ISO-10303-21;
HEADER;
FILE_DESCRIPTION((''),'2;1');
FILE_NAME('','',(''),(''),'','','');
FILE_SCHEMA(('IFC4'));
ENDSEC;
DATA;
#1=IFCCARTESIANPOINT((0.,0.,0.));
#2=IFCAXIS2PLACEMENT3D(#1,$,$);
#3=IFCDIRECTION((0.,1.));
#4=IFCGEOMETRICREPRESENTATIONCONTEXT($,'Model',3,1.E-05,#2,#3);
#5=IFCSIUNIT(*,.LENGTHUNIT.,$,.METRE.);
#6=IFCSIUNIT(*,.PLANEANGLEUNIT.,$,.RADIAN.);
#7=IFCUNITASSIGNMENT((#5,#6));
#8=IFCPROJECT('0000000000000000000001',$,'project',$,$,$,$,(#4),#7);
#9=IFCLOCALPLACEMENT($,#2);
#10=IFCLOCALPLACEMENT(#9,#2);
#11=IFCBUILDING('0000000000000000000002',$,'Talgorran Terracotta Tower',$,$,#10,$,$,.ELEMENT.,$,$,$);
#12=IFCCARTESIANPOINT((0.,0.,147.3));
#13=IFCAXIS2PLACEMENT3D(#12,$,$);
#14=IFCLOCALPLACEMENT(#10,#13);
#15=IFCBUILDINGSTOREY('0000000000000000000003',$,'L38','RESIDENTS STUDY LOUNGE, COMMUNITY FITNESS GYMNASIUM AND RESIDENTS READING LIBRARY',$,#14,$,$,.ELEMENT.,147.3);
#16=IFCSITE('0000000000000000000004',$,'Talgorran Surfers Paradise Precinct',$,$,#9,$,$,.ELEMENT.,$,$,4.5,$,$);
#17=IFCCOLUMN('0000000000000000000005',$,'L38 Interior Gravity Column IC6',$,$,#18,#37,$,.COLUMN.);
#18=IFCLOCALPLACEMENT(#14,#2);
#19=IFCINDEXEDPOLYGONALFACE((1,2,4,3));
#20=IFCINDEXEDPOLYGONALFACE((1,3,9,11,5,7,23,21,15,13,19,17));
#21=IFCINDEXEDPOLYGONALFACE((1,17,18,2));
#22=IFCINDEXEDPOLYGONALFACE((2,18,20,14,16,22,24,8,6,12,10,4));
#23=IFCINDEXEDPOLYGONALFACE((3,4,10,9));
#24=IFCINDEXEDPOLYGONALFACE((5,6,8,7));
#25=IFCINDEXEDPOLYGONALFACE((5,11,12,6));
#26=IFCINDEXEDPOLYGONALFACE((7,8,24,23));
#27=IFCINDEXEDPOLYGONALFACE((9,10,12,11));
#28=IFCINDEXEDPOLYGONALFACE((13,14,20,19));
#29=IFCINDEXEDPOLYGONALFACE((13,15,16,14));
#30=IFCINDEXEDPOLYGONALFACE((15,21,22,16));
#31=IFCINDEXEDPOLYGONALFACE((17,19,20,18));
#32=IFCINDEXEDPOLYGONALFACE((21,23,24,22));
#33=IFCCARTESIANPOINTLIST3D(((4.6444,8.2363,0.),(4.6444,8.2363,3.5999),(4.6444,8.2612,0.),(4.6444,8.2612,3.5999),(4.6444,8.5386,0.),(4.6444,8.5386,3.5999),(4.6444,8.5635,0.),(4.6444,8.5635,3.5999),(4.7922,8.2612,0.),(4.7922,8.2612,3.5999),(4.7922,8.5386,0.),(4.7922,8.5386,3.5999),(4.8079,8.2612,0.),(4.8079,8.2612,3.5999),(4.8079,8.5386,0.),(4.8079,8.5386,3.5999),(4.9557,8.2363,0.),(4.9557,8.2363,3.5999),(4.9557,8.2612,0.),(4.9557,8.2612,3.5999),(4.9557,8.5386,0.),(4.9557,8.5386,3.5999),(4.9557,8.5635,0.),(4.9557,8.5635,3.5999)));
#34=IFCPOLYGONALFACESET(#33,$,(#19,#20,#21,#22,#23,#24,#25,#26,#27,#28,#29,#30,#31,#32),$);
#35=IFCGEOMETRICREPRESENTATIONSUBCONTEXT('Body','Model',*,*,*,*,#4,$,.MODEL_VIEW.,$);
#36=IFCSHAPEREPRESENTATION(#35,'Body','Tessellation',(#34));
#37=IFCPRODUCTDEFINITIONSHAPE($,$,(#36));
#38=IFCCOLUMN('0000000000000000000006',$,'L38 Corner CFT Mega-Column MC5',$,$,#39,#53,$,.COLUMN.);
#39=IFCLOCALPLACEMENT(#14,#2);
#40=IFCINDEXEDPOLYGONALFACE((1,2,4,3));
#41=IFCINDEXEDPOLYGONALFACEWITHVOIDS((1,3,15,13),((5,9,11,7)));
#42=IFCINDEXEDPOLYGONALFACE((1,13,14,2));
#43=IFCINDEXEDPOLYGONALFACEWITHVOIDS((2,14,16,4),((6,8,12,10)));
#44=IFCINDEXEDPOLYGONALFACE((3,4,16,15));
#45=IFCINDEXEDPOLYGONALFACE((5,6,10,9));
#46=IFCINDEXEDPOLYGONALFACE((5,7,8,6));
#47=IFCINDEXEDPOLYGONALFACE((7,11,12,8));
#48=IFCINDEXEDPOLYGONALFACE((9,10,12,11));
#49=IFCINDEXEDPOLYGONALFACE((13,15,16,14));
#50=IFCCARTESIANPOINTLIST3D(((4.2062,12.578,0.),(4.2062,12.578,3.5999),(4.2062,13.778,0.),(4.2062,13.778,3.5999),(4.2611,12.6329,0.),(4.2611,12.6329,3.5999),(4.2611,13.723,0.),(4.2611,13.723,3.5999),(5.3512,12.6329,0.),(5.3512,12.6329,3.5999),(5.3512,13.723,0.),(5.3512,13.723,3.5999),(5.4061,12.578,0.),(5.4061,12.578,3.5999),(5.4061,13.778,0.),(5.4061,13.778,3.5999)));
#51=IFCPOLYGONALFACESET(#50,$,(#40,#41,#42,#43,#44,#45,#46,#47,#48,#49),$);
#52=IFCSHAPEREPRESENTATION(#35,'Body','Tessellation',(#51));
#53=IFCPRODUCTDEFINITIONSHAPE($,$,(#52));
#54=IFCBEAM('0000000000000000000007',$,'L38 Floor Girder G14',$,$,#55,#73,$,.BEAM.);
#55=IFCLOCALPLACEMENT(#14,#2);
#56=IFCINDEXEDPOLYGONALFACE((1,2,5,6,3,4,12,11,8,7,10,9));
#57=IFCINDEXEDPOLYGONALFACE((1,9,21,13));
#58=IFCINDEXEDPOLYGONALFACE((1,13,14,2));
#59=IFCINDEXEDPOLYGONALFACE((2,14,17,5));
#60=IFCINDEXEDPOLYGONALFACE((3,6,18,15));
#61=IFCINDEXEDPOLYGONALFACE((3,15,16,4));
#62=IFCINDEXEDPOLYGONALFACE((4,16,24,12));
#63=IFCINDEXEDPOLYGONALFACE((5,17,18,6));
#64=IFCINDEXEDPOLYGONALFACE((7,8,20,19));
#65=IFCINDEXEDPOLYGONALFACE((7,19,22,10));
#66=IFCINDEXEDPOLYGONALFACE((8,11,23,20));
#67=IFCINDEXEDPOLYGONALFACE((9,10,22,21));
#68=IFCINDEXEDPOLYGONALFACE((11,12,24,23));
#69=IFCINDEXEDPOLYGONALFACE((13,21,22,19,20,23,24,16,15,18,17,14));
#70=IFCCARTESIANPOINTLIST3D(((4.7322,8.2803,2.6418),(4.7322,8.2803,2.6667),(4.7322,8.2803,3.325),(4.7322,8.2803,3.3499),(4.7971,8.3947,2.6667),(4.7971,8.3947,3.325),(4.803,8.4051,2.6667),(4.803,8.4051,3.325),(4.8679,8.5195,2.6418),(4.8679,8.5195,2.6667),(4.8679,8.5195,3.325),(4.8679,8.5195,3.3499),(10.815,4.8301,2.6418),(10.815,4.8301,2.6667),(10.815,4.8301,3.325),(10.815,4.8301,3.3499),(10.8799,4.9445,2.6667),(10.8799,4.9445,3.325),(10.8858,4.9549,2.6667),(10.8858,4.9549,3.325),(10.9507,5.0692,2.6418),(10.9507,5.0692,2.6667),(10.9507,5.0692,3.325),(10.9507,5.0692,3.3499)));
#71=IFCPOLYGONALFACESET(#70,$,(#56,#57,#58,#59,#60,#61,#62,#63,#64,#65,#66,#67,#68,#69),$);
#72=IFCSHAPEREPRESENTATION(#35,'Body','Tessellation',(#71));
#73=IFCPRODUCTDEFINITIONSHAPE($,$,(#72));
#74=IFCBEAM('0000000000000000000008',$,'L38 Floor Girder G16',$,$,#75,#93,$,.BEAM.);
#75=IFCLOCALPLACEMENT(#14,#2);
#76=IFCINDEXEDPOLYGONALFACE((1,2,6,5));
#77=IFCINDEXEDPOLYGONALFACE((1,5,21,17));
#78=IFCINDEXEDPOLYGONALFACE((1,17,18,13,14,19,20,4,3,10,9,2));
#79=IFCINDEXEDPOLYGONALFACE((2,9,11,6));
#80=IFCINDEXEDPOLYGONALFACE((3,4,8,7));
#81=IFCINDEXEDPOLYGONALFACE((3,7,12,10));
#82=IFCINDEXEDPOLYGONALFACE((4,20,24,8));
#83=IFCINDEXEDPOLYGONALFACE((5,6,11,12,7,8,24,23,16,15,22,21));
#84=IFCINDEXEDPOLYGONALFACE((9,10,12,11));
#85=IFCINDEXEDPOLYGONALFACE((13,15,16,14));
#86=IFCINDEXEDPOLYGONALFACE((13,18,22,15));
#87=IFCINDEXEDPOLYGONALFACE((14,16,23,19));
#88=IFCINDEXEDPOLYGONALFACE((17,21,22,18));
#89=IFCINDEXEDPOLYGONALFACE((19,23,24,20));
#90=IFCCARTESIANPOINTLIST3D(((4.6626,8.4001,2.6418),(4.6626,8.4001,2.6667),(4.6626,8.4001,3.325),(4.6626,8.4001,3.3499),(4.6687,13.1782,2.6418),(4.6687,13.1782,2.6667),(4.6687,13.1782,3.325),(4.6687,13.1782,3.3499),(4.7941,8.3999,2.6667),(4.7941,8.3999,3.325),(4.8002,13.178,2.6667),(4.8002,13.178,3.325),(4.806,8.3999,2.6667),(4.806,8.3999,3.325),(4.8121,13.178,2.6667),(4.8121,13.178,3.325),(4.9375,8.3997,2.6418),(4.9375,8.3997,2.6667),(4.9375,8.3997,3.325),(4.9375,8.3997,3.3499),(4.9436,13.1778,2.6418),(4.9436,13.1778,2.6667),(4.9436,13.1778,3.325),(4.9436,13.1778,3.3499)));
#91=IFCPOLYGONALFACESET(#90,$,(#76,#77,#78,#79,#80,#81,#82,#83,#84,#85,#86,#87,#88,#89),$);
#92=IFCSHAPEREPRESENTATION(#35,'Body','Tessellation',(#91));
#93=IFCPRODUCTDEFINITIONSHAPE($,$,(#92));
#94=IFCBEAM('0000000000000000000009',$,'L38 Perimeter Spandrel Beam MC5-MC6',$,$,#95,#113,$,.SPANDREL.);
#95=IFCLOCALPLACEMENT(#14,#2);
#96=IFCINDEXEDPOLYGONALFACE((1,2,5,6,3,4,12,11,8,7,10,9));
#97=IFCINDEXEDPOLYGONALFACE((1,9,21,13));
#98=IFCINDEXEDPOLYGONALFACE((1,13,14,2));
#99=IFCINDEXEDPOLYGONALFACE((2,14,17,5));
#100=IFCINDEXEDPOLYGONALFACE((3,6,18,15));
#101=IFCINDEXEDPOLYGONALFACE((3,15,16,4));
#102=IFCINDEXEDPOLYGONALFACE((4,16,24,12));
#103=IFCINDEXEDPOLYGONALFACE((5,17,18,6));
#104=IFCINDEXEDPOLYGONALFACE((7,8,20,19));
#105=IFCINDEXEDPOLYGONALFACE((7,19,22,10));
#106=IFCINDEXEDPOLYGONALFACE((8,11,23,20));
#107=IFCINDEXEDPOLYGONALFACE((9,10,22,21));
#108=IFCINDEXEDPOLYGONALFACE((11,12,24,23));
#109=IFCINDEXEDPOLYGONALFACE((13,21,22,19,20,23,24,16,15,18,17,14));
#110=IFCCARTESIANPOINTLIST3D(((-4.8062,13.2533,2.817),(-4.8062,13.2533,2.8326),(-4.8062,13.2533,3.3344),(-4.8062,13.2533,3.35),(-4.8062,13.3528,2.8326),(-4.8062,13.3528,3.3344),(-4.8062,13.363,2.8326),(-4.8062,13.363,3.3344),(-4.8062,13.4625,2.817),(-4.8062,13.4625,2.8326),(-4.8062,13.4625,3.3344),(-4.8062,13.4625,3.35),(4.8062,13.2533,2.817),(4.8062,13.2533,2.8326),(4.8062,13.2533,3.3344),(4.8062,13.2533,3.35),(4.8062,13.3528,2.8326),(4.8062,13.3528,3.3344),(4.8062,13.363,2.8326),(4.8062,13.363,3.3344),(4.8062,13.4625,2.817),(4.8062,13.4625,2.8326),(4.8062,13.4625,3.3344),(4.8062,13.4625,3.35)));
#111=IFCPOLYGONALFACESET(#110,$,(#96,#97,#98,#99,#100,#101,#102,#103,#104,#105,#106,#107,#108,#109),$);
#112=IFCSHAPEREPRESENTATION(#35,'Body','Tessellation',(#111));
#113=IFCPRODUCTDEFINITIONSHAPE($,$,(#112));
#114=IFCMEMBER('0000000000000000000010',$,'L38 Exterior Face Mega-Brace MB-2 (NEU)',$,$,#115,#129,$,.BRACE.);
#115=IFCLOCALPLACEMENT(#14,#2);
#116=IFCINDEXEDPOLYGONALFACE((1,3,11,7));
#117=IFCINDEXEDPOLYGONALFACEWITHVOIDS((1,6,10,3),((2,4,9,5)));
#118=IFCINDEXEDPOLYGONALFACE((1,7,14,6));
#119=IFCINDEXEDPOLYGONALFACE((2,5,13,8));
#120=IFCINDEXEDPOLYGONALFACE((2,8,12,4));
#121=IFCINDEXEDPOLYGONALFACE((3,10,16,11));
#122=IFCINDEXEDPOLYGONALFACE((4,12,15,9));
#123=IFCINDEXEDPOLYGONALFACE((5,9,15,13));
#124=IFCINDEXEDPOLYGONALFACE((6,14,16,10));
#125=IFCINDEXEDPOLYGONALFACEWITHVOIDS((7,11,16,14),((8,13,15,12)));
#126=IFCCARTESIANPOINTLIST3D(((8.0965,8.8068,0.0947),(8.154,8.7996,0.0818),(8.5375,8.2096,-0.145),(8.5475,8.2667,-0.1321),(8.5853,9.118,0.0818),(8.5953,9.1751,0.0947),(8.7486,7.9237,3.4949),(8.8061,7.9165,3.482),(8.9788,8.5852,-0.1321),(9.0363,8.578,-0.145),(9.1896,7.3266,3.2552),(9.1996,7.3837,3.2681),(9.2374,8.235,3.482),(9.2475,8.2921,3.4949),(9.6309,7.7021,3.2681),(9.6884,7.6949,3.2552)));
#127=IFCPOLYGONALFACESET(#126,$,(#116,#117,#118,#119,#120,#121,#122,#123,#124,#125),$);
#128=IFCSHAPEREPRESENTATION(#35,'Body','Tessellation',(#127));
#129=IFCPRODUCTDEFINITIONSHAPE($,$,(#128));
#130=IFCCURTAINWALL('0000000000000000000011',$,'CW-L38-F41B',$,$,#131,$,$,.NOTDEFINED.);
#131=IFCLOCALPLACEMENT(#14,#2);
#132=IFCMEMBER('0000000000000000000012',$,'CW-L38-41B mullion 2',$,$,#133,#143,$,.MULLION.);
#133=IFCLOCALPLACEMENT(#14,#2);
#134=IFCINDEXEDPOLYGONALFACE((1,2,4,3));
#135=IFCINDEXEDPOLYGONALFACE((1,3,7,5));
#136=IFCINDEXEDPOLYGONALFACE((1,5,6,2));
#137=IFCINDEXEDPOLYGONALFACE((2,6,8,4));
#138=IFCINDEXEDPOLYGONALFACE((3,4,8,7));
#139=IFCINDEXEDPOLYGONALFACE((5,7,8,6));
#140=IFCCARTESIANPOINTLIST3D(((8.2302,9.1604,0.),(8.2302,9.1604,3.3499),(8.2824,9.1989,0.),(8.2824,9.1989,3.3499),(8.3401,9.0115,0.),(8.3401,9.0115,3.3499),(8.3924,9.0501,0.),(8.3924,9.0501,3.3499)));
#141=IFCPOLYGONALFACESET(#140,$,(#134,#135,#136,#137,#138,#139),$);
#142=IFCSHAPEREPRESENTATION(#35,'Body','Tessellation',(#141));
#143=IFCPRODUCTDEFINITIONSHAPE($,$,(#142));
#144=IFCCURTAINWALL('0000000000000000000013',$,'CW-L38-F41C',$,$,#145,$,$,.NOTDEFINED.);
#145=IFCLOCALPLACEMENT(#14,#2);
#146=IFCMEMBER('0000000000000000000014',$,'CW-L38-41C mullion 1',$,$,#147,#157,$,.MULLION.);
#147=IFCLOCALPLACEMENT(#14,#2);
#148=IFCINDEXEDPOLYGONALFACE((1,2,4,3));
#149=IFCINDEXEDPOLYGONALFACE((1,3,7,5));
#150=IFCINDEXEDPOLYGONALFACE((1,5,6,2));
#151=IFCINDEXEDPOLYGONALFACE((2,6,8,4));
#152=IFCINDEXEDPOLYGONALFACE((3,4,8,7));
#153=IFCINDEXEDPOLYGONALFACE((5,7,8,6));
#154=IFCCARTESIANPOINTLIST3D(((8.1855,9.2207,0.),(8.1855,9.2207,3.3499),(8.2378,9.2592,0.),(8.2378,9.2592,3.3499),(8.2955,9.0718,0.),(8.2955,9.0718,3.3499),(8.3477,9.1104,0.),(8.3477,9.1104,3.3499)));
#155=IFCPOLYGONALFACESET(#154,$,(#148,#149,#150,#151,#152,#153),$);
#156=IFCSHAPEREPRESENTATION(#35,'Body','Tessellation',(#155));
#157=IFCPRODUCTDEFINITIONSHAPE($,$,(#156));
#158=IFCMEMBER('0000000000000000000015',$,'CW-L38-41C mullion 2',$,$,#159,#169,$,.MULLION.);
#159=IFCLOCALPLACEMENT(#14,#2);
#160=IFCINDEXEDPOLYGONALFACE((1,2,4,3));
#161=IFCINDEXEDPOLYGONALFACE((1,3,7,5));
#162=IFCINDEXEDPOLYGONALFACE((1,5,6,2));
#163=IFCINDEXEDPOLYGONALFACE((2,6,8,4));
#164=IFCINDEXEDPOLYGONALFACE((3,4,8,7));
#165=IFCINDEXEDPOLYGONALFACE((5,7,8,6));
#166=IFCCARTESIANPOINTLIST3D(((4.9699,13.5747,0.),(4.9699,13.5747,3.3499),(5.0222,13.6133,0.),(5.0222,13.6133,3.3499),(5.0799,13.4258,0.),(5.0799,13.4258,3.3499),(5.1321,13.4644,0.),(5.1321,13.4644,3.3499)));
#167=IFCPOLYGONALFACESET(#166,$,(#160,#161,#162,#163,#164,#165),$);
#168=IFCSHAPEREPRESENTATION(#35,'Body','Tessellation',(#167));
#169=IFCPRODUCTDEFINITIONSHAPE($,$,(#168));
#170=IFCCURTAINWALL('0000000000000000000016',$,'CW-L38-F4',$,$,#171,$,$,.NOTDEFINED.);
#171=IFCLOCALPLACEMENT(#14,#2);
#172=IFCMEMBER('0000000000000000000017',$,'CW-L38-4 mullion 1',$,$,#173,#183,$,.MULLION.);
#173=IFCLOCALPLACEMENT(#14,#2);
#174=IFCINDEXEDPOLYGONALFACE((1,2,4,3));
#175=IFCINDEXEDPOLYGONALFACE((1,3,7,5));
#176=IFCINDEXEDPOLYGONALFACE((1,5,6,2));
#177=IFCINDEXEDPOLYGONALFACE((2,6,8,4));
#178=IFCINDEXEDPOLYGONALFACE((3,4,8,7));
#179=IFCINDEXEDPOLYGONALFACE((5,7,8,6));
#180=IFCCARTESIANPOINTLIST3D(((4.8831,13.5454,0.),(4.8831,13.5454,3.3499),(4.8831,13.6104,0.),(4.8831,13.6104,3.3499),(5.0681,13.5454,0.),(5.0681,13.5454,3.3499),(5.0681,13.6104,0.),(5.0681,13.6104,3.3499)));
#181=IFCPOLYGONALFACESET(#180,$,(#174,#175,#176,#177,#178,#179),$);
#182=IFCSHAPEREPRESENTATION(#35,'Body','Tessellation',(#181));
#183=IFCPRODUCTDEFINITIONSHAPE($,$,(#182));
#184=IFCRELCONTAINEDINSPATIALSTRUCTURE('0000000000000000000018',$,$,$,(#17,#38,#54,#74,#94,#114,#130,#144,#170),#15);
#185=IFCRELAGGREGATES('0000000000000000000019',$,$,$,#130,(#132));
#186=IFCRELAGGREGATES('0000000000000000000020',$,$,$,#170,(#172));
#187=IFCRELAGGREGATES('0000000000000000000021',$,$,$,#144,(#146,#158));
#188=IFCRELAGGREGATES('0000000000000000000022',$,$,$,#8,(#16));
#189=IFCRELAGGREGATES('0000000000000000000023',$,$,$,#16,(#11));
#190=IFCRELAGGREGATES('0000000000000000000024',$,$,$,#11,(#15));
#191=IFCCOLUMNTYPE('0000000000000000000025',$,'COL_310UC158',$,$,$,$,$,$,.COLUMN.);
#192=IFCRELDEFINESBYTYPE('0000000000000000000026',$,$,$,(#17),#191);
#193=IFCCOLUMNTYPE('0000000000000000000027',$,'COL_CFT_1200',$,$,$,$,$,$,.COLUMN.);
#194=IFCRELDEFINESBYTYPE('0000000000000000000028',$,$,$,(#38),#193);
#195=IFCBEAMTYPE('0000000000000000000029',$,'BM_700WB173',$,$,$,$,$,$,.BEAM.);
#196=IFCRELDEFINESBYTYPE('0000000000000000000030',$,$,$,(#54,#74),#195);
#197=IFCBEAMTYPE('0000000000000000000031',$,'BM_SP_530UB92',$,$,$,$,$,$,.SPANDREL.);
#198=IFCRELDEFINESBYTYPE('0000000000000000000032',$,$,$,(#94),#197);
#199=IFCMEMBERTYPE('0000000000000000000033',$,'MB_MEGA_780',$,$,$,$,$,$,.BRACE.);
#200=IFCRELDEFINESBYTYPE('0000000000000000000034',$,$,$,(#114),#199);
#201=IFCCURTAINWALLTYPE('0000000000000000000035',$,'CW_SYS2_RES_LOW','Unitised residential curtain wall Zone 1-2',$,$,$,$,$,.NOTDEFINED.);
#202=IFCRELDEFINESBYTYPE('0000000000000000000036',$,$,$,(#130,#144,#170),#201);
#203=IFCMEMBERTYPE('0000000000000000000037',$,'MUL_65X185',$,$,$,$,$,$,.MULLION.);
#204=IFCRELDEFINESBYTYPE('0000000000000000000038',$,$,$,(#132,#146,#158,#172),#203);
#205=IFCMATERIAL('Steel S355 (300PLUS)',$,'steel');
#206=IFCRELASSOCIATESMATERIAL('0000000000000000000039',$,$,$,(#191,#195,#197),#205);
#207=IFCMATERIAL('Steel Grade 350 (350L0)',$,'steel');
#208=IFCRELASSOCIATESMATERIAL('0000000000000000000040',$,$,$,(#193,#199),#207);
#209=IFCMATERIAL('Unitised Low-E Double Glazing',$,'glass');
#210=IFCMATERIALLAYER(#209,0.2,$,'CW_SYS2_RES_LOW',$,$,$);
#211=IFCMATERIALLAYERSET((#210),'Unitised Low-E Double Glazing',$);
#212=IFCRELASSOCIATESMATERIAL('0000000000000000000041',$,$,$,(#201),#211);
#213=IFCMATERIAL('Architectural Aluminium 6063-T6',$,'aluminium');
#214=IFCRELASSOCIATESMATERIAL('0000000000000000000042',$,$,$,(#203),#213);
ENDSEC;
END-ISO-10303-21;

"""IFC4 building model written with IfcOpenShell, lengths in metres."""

from ifc_helpers import new_model, si_unit, direction, frame, origin, origin_2d, place, context, subcontext, project, spatial, rectangle, hollow_rectangle, i_section, extrude, material, layer, layer_set, material_profile, profile_set, type_object, element, aggregate, save


model = new_model("IFC4")

# Units and contexts
model_context = context("Model", 3, precision=1e-05, world=origin(), true_north=direction((0.0, 1.0)))
body_context = subcontext(model_context, "Body", "Model", "MODEL_VIEW")
ifc_project = project(units=[si_unit("LENGTHUNIT", "METRE"), si_unit("PLANEANGLEUNIT", "RADIAN")], contexts=[model_context])

# Site, building, storey
site_placement = place(None, origin())
site = spatial("IfcSite", under=ifc_project, at=site_placement, Name="Talgorran Surfers Paradise Precinct", CompositionType="ELEMENT", RefElevation=4.5)
building_placement = place(site_placement, origin())
building = spatial("IfcBuilding", under=site, at=building_placement, Name="Talgorran Terracotta Tower", CompositionType="ELEMENT")
storey_placement = place(building_placement, frame((0.0, 0.0, 147.3)))
storey = spatial("IfcBuildingStorey", under=building, at=storey_placement, Name="L38", Description="RESIDENTS STUDY LOUNGE, COMMUNITY FITNESS GYMNASIUM AND RESIDENTS READING LIBRARY", CompositionType="ELEMENT", Elevation=147.3)

# Columns
ifc_material_1 = material(Name="Steel S355 (300PLUS)", Category="steel")
ifc_material_profile_1 = material_profile(ifc_material_1, i_section(OverallWidth=0.3113, OverallDepth=0.3271, WebThickness=0.0156, FlangeThickness=0.0249, at=origin_2d()), Name="310UC158")
ifc_profile_set_1 = profile_set([ifc_material_profile_1], Name="Steel S355 (300PLUS)")
column_type_1 = type_object("IfcColumnType", Name="COL_310UC158", PredefinedType="COLUMN", material=ifc_profile_set_1)
column_1_placement = place(storey_placement, frame((4.8, 8.3999, 0.0), z_axis=(0.0, 0.0, 1.0), x_axis=(1.0, 0.0, 0.0)))
element("IfcColumn", 1, at=column_1_placement, inside=storey, type_object=column_type_1, Name="L38 Interior Gravity Column IC6", PredefinedType="COLUMN", context=body_context, shape_type="SweptSolid", body=[
    extrude(i_section(OverallWidth=0.3113, OverallDepth=0.3271, WebThickness=0.0156, FlangeThickness=0.0249, at=origin_2d()), origin(), (0.0, 0.0, 1.0), 3.5999),
])
ifc_material_2 = material(Name="Steel Grade 350 (350L0)", Category="steel")
ifc_material_profile_2 = material_profile(ifc_material_2, hollow_rectangle(XDim=1.2, YDim=1.2, WallThickness=0.0549, at=origin_2d()), Name="CFT1200X1200X55")
ifc_profile_set_2 = profile_set([ifc_material_profile_2], Name="Steel Grade 350 (350L0)")
column_type_2 = type_object("IfcColumnType", Name="COL_CFT_1200", PredefinedType="COLUMN", material=ifc_profile_set_2)
column_2_placement = place(storey_placement, frame((4.8062, 13.178, 0.0), z_axis=(0.0, 0.0, 1.0), x_axis=(1.0, 0.0, 0.0)))
element("IfcColumn", 2, at=column_2_placement, inside=storey, type_object=column_type_2, Name="L38 Corner CFT Mega-Column MC5", PredefinedType="COLUMN", context=body_context, shape_type="SweptSolid", body=[
    extrude(hollow_rectangle(XDim=1.2, YDim=1.2, WallThickness=0.0549, at=origin_2d()), origin(), (0.0, 0.0, 1.0), 3.5999),
])

# Beams
ifc_material_profile_3 = material_profile(ifc_material_1, i_section(OverallWidth=0.2749, OverallDepth=0.708, WebThickness=0.012, FlangeThickness=0.0249, at=origin_2d()), Name="700WB173")
ifc_profile_set_3 = profile_set([ifc_material_profile_3], Name="Steel S355 (300PLUS)")
beam_type_1 = type_object("IfcBeamType", Name="BM_700WB173", PredefinedType="BEAM", material=ifc_profile_set_3)
beam_1_placement = place(storey_placement, frame((4.8, 8.3999, 2.9958), z_axis=(0.86982, -0.493369, 0.0), x_axis=(0.493369, 0.86982, 0.0)))
element("IfcBeam", 3, at=beam_1_placement, inside=storey, type_object=beam_type_1, Name="L38 Floor Girder G14", PredefinedType="BEAM", context=body_context, shape_type="SweptSolid", body=[
    extrude(i_section(OverallWidth=0.2749, OverallDepth=0.708, WebThickness=0.012, FlangeThickness=0.0249, at=origin_2d()), origin(), (0.0, 0.0, 1.0), 6.9932),
])
beam_2_placement = place(storey_placement, frame((4.8, 8.3999, 2.9958), z_axis=(0.001277, 0.999999, 0.0), x_axis=(-0.999999, 0.001277, 0.0)))
element("IfcBeam", 4, at=beam_2_placement, inside=storey, type_object=beam_type_1, Name="L38 Floor Girder G16", PredefinedType="BEAM", context=body_context, shape_type="SweptSolid", body=[
    extrude(i_section(OverallWidth=0.2749, OverallDepth=0.708, WebThickness=0.012, FlangeThickness=0.0249, at=origin_2d()), origin(), (0.0, 0.0, 1.0), 4.7781),
])
ifc_material_profile_4 = material_profile(ifc_material_1, i_section(OverallWidth=0.2092, OverallDepth=0.533, WebThickness=0.0103, FlangeThickness=0.0156, at=origin_2d()), Name="530UB92.4")
ifc_profile_set_4 = profile_set([ifc_material_profile_4], Name="Steel S355 (300PLUS)")
beam_type_2 = type_object("IfcBeamType", Name="BM_SP_530UB92", PredefinedType="SPANDREL", material=ifc_profile_set_4)
beam_3_placement = place(storey_placement, frame((4.8062, 13.3579, 3.0835), z_axis=(-1.0, 0.0, 0.0), x_axis=(0.0, -1.0, 0.0)))
element("IfcBeam", 5, at=beam_3_placement, inside=storey, type_object=beam_type_2, Name="L38 Perimeter Spandrel Beam MC5-MC6", PredefinedType="SPANDREL", context=body_context, shape_type="SweptSolid", body=[
    extrude(i_section(OverallWidth=0.2092, OverallDepth=0.533, WebThickness=0.0103, FlangeThickness=0.0156, at=origin_2d()), origin(), (0.0, 0.0, 1.0), 9.6123),
])

# Member
ifc_material_profile_5 = material_profile(ifc_material_2, hollow_rectangle(XDim=0.6201, YDim=0.78, WallThickness=0.042, at=origin_2d()), Name="WBOX780X620X42")
ifc_profile_set_5 = profile_set([ifc_material_profile_5], Name="Steel Grade 350 (350L0)")
member_type_1 = type_object("IfcMemberType", Name="MB_MEGA_780", PredefinedType="BRACE", material=ifc_profile_set_5)
member_1_placement = place(storey_placement, frame((8.5664, 8.6924, -0.0251), z_axis=(0.18251, -0.24715, 0.951634), x_axis=(0.804435, 0.594041, 0.0)))
element("IfcMember", 6, at=member_1_placement, inside=storey, type_object=member_type_1, Name="L38 Exterior Face Mega-Brace MB-2 (NEU)", PredefinedType="BRACE", context=body_context, shape_type="SweptSolid", body=[
    extrude(hollow_rectangle(XDim=0.6201, YDim=0.78, WallThickness=0.042, at=origin_2d()), origin(), (0.0, 0.0, 1.0), 3.573),
])

# Curtain wall, member
ifc_material_3 = material(Name="Unitised Low-E Double Glazing", Category="glass")
ifc_layer_1 = layer(ifc_material_3, 0.2, Name="CW_SYS2_RES_LOW")
ifc_layer_set_1 = layer_set([ifc_layer_1], Name="Unitised Low-E Double Glazing")
curtain_wall_type = type_object("IfcCurtainWallType", Name="CW_SYS2_RES_LOW", Description="Unitised residential curtain wall Zone 1-2", PredefinedType="NOTDEFINED", material=ifc_layer_set_1)
curtain_wall_1_placement = place(storey_placement, origin())
curtain_wall_1 = element("IfcCurtainWall", 7, at=curtain_wall_1_placement, inside=storey, type_object=curtain_wall_type, Name="CW-L38-F41B", PredefinedType="NOTDEFINED")
ifc_material_4 = material(Name="Architectural Aluminium 6063-T6", Category="aluminium")
ifc_material_profile_6 = material_profile(ifc_material_4, rectangle(XDim=0.0649, YDim=0.1851, at=origin_2d()), Name="CWM65X185")
ifc_profile_set_6 = profile_set([ifc_material_profile_6], Name="Architectural Aluminium 6063-T6")
member_type_2 = type_object("IfcMemberType", Name="MUL_65X185", PredefinedType="MULLION", material=ifc_profile_set_6)
member_2_placement = place(storey_placement, frame((8.3113, 9.1052, 0.0), z_axis=(0.0, 0.0, 1.0), x_axis=(-0.804417, -0.594065, 0.0)))
member_2 = element("IfcMember", 8, at=member_2_placement, type_object=member_type_2, Name="CW-L38-41B mullion 2", PredefinedType="MULLION", context=body_context, shape_type="SweptSolid", body=[
    extrude(rectangle(XDim=0.0649, YDim=0.1851, at=origin_2d()), origin(), (0.0, 0.0, 1.0), 3.3499),
])
aggregate(curtain_wall_1, [member_2])

# Curtain wall, members
curtain_wall_2_placement = place(storey_placement, origin())
curtain_wall_2 = element("IfcCurtainWall", 9, at=curtain_wall_2_placement, inside=storey, type_object=curtain_wall_type, Name="CW-L38-F41C", PredefinedType="NOTDEFINED")
member_3_placement = place(storey_placement, frame((8.2666, 9.1655, 0.0), z_axis=(0.0, 0.0, 1.0), x_axis=(-0.804414, -0.594069, 0.0)))
member_3 = element("IfcMember", 10, at=member_3_placement, type_object=member_type_2, Name="CW-L38-41C mullion 1", PredefinedType="MULLION", context=body_context, shape_type="SweptSolid", body=[
    extrude(rectangle(XDim=0.0649, YDim=0.1851, at=origin_2d()), origin(), (0.0, 0.0, 1.0), 3.3499),
])
member_4_placement = place(storey_placement, frame((5.051, 13.5195, 0.0), z_axis=(0.0, 0.0, 1.0), x_axis=(-0.804414, -0.594069, 0.0)))
member_4 = element("IfcMember", 11, at=member_4_placement, type_object=member_type_2, Name="CW-L38-41C mullion 2", PredefinedType="MULLION", context=body_context, shape_type="SweptSolid", body=[
    extrude(rectangle(XDim=0.0649, YDim=0.1851, at=origin_2d()), origin(), (0.0, 0.0, 1.0), 3.3499),
])

# Curtain wall, member
curtain_wall_3_placement = place(storey_placement, origin())
curtain_wall_3 = element("IfcCurtainWall", 12, at=curtain_wall_3_placement, inside=storey, type_object=curtain_wall_type, Name="CW-L38-F4", PredefinedType="NOTDEFINED")
member_5_placement = place(storey_placement, frame((4.9756, 13.5779, 0.0), z_axis=(0.0, 0.0, 1.0), x_axis=(0.0, -1.0, 0.0)))
member_5 = element("IfcMember", 13, at=member_5_placement, type_object=member_type_2, Name="CW-L38-4 mullion 1", PredefinedType="MULLION", context=body_context, shape_type="SweptSolid", body=[
    extrude(rectangle(XDim=0.0649, YDim=0.1851, at=origin_2d()), origin(), (0.0, 0.0, 1.0), 3.3499),
])

aggregate(curtain_wall_3, [member_5])

aggregate(curtain_wall_2, [member_3, member_4])

save(model, "model.ifc")
